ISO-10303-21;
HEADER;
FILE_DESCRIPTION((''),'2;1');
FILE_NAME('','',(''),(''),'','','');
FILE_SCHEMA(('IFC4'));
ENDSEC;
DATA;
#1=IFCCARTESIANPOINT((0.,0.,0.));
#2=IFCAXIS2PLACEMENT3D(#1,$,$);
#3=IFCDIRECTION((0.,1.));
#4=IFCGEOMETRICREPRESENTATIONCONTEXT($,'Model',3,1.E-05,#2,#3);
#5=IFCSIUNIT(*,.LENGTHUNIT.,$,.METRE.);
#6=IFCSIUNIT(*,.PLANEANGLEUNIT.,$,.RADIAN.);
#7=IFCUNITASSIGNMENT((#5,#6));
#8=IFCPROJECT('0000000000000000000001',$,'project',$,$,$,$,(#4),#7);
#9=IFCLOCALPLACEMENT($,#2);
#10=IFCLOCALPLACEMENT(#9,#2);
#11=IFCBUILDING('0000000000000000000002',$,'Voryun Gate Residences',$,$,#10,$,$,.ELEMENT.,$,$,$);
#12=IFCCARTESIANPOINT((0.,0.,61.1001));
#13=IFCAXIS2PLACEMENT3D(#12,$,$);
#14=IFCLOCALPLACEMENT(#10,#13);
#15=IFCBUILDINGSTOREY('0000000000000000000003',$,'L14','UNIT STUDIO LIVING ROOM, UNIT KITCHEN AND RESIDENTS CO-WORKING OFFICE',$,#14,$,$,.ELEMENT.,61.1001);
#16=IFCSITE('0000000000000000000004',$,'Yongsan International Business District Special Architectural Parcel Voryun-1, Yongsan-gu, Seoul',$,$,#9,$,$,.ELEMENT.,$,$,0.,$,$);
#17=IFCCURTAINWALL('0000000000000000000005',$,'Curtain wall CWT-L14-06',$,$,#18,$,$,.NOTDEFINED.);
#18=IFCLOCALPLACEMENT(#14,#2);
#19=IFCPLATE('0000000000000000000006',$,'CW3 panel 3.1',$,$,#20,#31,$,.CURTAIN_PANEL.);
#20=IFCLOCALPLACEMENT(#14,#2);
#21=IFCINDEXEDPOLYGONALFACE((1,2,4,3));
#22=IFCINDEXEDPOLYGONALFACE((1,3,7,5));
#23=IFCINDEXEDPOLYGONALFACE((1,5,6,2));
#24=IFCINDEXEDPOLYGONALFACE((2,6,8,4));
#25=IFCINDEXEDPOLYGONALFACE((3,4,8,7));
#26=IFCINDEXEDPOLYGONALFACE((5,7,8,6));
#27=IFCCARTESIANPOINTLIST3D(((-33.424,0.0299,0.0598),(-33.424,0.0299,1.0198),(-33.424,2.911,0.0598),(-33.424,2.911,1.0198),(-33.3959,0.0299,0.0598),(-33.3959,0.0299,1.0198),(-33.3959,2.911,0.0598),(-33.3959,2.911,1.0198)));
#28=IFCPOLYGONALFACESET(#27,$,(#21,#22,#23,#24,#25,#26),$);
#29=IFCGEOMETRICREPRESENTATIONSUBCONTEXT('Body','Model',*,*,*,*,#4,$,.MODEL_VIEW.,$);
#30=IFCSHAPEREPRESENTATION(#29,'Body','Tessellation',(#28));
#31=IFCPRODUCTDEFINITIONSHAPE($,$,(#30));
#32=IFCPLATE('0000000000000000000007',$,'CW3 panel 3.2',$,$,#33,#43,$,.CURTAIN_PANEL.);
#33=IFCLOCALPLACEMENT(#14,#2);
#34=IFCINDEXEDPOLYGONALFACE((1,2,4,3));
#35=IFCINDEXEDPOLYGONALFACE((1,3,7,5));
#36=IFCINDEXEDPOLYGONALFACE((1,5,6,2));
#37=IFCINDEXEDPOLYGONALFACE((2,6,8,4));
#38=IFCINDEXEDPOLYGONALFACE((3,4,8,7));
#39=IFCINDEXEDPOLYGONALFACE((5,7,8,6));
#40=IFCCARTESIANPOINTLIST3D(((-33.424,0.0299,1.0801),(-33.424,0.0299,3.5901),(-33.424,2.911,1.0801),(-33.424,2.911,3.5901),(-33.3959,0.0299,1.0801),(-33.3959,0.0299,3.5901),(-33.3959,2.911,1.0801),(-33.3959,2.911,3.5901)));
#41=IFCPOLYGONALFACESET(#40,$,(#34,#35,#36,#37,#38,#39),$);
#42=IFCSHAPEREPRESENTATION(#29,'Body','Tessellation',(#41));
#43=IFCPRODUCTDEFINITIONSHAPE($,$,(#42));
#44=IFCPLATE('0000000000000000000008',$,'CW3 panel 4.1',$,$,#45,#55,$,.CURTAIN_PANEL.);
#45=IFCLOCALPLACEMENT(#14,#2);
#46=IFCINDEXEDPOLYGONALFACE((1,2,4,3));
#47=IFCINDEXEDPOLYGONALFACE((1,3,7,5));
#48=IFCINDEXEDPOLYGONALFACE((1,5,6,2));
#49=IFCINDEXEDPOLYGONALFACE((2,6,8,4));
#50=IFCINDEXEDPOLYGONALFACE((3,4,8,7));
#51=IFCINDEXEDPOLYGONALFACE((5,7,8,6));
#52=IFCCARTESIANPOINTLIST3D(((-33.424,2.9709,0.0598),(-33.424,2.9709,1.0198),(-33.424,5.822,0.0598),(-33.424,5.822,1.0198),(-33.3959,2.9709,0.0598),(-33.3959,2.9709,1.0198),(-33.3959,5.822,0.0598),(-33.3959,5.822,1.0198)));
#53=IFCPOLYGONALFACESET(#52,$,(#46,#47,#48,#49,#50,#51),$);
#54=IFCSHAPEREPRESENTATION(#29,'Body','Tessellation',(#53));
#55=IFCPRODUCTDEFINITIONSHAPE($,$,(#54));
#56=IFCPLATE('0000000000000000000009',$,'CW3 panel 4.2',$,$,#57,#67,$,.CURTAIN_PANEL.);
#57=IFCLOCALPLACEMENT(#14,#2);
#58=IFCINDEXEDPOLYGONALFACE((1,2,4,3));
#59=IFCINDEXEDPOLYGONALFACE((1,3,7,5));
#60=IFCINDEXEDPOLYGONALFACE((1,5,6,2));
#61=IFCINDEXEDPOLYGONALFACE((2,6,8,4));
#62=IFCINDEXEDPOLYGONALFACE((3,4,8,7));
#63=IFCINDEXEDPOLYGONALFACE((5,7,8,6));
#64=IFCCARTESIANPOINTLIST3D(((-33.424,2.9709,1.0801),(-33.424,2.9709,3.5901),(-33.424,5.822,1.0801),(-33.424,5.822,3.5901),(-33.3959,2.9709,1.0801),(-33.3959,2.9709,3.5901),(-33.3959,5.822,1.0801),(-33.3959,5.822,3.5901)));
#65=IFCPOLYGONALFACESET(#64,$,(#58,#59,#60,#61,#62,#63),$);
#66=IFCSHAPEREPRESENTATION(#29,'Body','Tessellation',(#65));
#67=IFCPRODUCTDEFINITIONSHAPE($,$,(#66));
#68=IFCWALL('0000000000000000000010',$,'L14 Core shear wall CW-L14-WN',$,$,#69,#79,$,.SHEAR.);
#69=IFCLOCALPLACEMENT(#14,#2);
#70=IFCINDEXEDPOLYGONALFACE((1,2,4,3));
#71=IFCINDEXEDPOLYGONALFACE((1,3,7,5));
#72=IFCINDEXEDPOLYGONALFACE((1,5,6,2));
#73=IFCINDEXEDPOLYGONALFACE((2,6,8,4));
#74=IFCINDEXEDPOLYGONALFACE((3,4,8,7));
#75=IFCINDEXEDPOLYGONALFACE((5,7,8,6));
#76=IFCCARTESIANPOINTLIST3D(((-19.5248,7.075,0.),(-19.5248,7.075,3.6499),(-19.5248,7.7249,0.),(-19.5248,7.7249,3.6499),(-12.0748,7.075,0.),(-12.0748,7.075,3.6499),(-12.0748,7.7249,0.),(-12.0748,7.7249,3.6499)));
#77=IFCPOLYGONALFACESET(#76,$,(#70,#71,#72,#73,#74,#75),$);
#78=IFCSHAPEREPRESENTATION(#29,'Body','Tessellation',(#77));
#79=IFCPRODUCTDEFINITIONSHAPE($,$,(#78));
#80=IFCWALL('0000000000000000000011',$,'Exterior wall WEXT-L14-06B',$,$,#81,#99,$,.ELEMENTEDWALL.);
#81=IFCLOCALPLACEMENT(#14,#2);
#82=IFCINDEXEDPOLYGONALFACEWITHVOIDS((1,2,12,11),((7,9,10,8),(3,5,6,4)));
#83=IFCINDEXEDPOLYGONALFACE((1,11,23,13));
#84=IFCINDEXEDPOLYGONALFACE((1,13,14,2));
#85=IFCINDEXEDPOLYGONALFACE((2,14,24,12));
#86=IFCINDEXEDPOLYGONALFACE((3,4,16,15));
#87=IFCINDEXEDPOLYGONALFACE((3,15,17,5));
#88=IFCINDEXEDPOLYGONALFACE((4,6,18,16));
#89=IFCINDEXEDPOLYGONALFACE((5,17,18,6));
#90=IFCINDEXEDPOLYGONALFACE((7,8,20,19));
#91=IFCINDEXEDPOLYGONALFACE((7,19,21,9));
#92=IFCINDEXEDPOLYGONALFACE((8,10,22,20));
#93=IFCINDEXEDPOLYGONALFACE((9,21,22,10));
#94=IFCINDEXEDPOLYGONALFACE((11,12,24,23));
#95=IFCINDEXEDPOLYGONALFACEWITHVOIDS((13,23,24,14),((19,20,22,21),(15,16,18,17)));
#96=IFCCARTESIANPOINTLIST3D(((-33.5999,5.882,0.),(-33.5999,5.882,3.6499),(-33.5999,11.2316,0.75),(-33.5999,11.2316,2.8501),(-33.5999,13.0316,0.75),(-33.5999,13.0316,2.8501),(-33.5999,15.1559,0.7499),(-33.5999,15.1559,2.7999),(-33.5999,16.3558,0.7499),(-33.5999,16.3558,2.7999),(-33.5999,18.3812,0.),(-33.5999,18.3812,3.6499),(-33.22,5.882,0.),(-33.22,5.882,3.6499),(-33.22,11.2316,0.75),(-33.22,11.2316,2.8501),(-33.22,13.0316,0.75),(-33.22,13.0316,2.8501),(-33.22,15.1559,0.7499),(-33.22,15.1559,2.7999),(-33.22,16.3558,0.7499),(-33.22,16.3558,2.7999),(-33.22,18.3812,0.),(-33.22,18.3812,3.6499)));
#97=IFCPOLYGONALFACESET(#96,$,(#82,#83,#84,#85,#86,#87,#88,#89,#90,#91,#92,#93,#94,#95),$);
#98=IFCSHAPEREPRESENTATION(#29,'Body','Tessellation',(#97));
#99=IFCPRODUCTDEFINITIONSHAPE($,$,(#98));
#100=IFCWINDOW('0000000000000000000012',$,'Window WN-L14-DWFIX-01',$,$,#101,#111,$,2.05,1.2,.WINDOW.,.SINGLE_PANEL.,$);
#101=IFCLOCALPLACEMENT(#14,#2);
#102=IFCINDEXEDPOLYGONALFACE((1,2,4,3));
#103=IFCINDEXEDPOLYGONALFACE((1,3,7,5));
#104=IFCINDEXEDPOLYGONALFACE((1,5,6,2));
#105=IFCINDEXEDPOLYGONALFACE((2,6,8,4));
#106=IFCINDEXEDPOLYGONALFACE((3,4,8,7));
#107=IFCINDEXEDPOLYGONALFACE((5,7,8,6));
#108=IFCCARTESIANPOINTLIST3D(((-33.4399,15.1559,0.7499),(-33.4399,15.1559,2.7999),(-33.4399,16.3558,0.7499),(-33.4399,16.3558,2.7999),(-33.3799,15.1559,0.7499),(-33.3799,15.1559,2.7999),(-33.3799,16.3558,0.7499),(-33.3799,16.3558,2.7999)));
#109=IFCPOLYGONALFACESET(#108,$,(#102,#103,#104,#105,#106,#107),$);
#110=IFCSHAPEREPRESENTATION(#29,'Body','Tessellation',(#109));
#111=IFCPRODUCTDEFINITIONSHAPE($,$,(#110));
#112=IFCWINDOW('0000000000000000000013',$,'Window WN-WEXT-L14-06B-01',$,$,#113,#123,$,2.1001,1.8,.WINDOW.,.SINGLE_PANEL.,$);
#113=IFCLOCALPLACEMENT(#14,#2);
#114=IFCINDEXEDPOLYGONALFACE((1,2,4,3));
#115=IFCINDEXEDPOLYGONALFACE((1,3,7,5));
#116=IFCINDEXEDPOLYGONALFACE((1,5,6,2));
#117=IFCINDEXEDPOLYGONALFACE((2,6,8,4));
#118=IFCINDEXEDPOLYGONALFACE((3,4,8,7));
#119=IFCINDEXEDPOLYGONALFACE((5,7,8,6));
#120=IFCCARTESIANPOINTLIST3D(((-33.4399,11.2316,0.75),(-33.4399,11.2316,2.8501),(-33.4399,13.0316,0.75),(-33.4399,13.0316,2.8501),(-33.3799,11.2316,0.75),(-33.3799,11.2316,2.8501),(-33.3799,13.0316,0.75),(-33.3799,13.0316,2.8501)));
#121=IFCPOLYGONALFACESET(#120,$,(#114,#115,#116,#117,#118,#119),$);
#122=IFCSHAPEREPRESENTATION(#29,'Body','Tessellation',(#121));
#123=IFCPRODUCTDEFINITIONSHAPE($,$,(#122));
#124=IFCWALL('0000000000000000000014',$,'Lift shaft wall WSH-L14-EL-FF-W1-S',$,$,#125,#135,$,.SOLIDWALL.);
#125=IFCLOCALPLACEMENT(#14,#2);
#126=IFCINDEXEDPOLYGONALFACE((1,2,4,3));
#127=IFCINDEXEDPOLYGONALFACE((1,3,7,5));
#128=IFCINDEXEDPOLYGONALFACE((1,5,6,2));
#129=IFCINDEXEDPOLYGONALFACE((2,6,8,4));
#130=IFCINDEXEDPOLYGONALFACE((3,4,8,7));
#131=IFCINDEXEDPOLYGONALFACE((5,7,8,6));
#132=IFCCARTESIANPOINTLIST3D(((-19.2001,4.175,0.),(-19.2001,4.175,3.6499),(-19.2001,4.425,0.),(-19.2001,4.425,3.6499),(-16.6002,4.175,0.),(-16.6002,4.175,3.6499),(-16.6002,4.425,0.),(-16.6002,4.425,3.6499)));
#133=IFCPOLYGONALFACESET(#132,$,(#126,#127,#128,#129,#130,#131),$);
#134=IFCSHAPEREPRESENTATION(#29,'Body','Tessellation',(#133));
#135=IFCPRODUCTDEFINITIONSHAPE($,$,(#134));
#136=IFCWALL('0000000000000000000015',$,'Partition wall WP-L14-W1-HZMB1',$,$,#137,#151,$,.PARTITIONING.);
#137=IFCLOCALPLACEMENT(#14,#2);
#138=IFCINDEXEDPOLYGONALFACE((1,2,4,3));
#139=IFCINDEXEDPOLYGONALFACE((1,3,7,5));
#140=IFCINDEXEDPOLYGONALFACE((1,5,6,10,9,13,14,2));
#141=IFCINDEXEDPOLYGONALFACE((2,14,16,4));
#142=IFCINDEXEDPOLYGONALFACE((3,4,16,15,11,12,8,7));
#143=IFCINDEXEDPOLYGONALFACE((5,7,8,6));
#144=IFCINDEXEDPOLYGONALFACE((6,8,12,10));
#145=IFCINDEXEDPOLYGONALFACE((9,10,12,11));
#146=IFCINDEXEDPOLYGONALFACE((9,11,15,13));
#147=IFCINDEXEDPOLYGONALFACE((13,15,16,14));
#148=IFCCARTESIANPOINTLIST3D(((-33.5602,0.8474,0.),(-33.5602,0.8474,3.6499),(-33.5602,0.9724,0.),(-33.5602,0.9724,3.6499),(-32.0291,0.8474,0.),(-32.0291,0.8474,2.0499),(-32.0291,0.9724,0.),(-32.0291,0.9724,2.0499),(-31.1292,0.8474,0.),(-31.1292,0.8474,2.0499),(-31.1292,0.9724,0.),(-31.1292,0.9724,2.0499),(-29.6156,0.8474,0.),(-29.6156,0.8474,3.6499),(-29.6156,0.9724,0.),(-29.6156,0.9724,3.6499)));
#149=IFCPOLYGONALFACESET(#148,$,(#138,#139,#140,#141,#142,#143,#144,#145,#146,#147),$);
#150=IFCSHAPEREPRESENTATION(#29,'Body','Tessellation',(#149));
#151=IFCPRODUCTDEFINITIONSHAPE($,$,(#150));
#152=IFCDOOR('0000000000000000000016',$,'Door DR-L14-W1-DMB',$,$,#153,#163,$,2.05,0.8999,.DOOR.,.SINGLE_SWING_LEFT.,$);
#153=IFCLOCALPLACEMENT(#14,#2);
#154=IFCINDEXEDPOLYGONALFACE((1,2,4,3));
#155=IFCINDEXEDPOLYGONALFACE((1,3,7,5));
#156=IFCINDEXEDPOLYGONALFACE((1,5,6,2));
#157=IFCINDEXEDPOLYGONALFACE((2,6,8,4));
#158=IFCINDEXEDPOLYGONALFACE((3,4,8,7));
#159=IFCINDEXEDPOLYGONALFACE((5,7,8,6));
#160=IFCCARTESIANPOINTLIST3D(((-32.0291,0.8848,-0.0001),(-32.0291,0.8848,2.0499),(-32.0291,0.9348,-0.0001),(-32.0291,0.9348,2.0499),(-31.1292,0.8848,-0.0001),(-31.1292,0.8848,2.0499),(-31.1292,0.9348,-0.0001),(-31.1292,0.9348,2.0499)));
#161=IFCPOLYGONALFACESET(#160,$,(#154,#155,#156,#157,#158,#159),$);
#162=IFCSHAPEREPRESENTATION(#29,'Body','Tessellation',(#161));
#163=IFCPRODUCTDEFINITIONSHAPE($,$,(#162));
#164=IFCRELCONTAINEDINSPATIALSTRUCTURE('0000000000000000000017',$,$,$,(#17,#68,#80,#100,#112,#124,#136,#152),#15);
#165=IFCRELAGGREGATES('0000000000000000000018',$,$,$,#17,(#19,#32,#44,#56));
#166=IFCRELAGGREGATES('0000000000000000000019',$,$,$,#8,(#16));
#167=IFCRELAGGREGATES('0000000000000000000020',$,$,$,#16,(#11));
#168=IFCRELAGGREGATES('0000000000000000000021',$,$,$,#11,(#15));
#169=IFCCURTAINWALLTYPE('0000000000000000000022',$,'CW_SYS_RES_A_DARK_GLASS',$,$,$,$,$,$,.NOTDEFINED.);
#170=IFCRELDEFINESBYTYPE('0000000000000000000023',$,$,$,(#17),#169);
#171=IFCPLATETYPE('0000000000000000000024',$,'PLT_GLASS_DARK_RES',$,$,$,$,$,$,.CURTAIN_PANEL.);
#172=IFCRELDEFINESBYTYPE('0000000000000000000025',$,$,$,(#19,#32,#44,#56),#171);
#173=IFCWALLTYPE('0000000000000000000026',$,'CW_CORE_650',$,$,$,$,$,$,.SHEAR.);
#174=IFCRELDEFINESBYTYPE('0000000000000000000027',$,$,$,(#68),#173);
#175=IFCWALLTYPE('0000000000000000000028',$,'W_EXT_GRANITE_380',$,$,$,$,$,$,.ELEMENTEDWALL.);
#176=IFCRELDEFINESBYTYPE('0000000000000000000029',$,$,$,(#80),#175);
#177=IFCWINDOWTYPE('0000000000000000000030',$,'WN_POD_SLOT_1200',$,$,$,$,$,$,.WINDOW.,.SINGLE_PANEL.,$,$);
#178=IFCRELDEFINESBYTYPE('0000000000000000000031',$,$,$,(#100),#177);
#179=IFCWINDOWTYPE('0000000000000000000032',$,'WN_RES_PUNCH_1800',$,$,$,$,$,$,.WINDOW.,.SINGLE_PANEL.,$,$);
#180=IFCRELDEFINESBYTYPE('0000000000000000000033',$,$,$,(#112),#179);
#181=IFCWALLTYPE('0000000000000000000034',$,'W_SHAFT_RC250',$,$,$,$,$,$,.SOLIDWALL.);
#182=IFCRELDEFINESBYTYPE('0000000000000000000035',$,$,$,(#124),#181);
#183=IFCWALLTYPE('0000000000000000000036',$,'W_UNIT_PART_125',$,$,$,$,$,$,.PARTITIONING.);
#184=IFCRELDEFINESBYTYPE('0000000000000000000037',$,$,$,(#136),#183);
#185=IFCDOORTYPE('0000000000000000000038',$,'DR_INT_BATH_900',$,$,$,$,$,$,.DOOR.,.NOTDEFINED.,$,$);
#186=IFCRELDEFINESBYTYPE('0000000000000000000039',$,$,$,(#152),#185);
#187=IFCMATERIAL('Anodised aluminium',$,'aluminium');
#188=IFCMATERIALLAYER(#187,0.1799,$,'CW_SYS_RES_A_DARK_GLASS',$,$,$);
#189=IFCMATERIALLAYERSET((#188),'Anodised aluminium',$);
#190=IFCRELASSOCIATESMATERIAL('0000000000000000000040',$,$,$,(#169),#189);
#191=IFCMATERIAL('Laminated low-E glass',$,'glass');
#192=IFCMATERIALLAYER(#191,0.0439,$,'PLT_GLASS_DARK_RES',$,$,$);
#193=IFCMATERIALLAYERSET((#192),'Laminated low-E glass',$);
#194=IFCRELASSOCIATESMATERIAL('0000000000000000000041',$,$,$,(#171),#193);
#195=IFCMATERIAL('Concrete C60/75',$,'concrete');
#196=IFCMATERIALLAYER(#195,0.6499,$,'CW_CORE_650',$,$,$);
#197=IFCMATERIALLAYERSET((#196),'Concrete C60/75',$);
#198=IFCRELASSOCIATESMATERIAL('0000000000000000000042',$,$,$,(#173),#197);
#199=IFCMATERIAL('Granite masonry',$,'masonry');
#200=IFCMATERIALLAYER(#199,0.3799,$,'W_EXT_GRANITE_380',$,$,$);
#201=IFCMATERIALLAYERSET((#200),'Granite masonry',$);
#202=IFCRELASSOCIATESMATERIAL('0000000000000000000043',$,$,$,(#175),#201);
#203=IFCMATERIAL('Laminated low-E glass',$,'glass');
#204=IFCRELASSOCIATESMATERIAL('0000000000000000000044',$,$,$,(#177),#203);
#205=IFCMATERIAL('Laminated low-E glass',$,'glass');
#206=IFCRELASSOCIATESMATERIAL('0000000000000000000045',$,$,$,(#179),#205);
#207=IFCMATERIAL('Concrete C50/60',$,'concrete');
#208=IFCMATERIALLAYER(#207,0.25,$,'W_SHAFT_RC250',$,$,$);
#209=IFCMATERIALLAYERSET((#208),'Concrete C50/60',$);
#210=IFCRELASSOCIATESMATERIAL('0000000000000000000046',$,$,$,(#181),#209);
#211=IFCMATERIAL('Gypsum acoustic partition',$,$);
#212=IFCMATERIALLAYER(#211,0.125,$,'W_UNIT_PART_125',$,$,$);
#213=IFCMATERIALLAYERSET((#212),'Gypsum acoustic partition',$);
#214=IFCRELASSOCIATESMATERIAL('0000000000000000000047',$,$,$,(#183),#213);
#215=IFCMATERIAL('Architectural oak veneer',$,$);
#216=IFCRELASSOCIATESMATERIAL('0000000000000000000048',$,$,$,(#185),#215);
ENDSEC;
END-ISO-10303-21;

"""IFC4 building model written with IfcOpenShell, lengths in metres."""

from ifc_helpers import new_model, si_unit, direction, frame, frame_2d, origin, origin_2d, place, context, subcontext, project, spatial, rectangle, extrude, material, layer, layer_set, type_object, element, fill, aggregate, save


model = new_model("IFC4")

# Units and contexts
model_context = context("Model", 3, precision=1e-05, world=origin(), true_north=direction((0.0, 1.0)))
body_context = subcontext(model_context, "Body", "Model", "MODEL_VIEW")
ifc_project = project(units=[si_unit("LENGTHUNIT", "METRE"), si_unit("PLANEANGLEUNIT", "RADIAN")], contexts=[model_context])

# Site, building, storey
site_placement = place(None, origin())
site = spatial("IfcSite", under=ifc_project, at=site_placement, Name="Yongsan International Business District Special Architectural Parcel Voryun-1, Yongsan-gu, Seoul", CompositionType="ELEMENT", RefElevation=0.0)
building_placement = place(site_placement, origin())
building = spatial("IfcBuilding", under=site, at=building_placement, Name="Voryun Gate Residences", CompositionType="ELEMENT")
storey_placement = place(building_placement, frame((0.0, 0.0, 61.1001)))
storey = spatial("IfcBuildingStorey", under=building, at=storey_placement, Name="L14", Description="UNIT STUDIO LIVING ROOM, UNIT KITCHEN AND RESIDENTS CO-WORKING OFFICE", CompositionType="ELEMENT", Elevation=61.1001)

# Curtain wall, plates
ifc_material_1 = material(Name="Anodised aluminium", Category="aluminium")
ifc_layer_1 = layer(ifc_material_1, 0.1799, Name="CW_SYS_RES_A_DARK_GLASS")
ifc_layer_set_1 = layer_set([ifc_layer_1], Name="Anodised aluminium")
curtain_wall_type = type_object("IfcCurtainWallType", Name="CW_SYS_RES_A_DARK_GLASS", PredefinedType="NOTDEFINED", material=ifc_layer_set_1)
curtain_wall_placement = place(storey_placement, origin())
curtain_wall = element("IfcCurtainWall", 1, at=curtain_wall_placement, inside=storey, type_object=curtain_wall_type, Name="Curtain wall CWT-L14-06", PredefinedType="NOTDEFINED")
ifc_material_2 = material(Name="Laminated low-E glass", Category="glass")
ifc_layer_2 = layer(ifc_material_2, 0.0439, Name="PLT_GLASS_DARK_RES")
ifc_layer_set_2 = layer_set([ifc_layer_2], Name="Laminated low-E glass")
plate_type = type_object("IfcPlateType", Name="PLT_GLASS_DARK_RES", PredefinedType="CURTAIN_PANEL", material=ifc_layer_set_2)
plate_1_placement = place(storey_placement, frame((-33.4099, 1.4705, 0.0598), z_axis=(0.0, 0.0, 1.0), x_axis=(0.0, 1.0, 0.0)))
plate_1 = element("IfcPlate", 2, at=plate_1_placement, type_object=plate_type, Name="CW3 panel 3.1", PredefinedType="CURTAIN_PANEL", context=body_context, shape_type="SweptSolid", body=[
    extrude(rectangle(XDim=2.8811, YDim=0.0281, at=origin_2d()), origin(), (0.0, 0.0, 1.0), 0.96),
])
plate_2_placement = place(storey_placement, frame((-33.4099, 1.4705, 1.0801), z_axis=(0.0, 0.0, 1.0), x_axis=(0.0, 1.0, 0.0)))
plate_2 = element("IfcPlate", 3, at=plate_2_placement, type_object=plate_type, Name="CW3 panel 3.2", PredefinedType="CURTAIN_PANEL", context=body_context, shape_type="SweptSolid", body=[
    extrude(rectangle(XDim=2.8811, YDim=0.0281, at=origin_2d()), origin(), (0.0, 0.0, 1.0), 2.51),
])
plate_3_placement = place(storey_placement, frame((-33.4099, 4.3965, 0.0598), z_axis=(0.0, 0.0, 1.0), x_axis=(0.0, 1.0, 0.0)))
plate_3 = element("IfcPlate", 4, at=plate_3_placement, type_object=plate_type, Name="CW3 panel 4.1", PredefinedType="CURTAIN_PANEL", context=body_context, shape_type="SweptSolid", body=[
    extrude(rectangle(XDim=2.8511, YDim=0.0281, at=origin_2d()), origin(), (0.0, 0.0, 1.0), 0.96),
])
plate_4_placement = place(storey_placement, frame((-33.4099, 4.3965, 1.0801), z_axis=(0.0, 0.0, 1.0), x_axis=(0.0, 1.0, 0.0)))
plate_4 = element("IfcPlate", 5, at=plate_4_placement, type_object=plate_type, Name="CW3 panel 4.2", PredefinedType="CURTAIN_PANEL", context=body_context, shape_type="SweptSolid", body=[
    extrude(rectangle(XDim=2.8511, YDim=0.0281, at=origin_2d()), origin(), (0.0, 0.0, 1.0), 2.51),
])
aggregate(curtain_wall, [plate_1, plate_2, plate_3, plate_4])

# Wall
ifc_material_3 = material(Name="Concrete C60/75", Category="concrete")
ifc_layer_3 = layer(ifc_material_3, 0.6499, Name="CW_CORE_650")
ifc_layer_set_3 = layer_set([ifc_layer_3], Name="Concrete C60/75")
wall_type_1 = type_object("IfcWallType", Name="CW_CORE_650", PredefinedType="SHEAR", material=ifc_layer_set_3)
wall_1_placement = place(storey_placement, frame((-19.5249, 7.3999, 0.0), z_axis=(0.0, 0.0, 1.0), x_axis=(1.0, 0.0, 0.0)))
element("IfcWall", 6, at=wall_1_placement, inside=storey, type_object=wall_type_1, Name="L14 Core shear wall CW-L14-WN", PredefinedType="SHEAR", context=body_context, shape_type="SweptSolid", body=[
    extrude(rectangle(XDim=7.45, YDim=0.6499, at=frame_2d((3.7251, 0.0))), origin(), (0.0, 0.0, 1.0), 3.6499),
])

# Wall, openings, windows
ifc_material_4 = material(Name="Granite masonry", Category="masonry")
ifc_layer_4 = layer(ifc_material_4, 0.3799, Name="W_EXT_GRANITE_380")
ifc_layer_set_4 = layer_set([ifc_layer_4], Name="Granite masonry")
wall_type_2 = type_object("IfcWallType", Name="W_EXT_GRANITE_380", PredefinedType="ELEMENTEDWALL", material=ifc_layer_set_4)
wall_2_placement = place(storey_placement, frame((-33.4099, 5.8821, 0.0), z_axis=(0.0, 0.0, 1.0), x_axis=(0.0, 1.0, 0.0)))
wall_2 = element("IfcWall", 7, at=wall_2_placement, inside=storey, type_object=wall_type_2, Name="Exterior wall WEXT-L14-06B", PredefinedType="ELEMENTEDWALL", context=body_context, shape_type="SweptSolid", body=[
    extrude(rectangle(XDim=12.4993, YDim=0.3799, at=frame_2d((6.2495, 0.0))), origin(), (0.0, 0.0, 1.0), 3.6499),
])
opening_1_placement = place(wall_2_placement, frame((5.3496, 0.0, 0.75)))
opening_1 = element("IfcOpeningElement", 8, at=opening_1_placement, cuts=wall_2, PredefinedType="OPENING", context=body_context, shape_type="SweptSolid", body=[
    extrude(rectangle(XDim=1.8, YDim=2.1001, at=frame_2d((0.8999, 1.05))), frame((0.0, 0.2, 0.0), z_axis=(0.0, -1.0, 0.0), x_axis=(1.0, 0.0, 0.0)), (0.0, 0.0, 1.0), 0.3999),
])
opening_2_placement = place(wall_2_placement, frame((9.2737, 0.0, 0.75)))
opening_2 = element("IfcOpeningElement", 9, at=opening_2_placement, cuts=wall_2, PredefinedType="OPENING", context=body_context, shape_type="SweptSolid", body=[
    extrude(rectangle(XDim=1.2, YDim=2.05, at=frame_2d((0.6001, 1.0249))), frame((0.0, 0.2, 0.0), z_axis=(0.0, -1.0, 0.0), x_axis=(1.0, 0.0, 0.0)), (0.0, 0.0, 1.0), 0.3999),
])
ifc_material_5 = material(Name="Laminated low-E glass", Category="glass")
window_type_1 = type_object("IfcWindowType", Name="WN_POD_SLOT_1200", PartitioningType="SINGLE_PANEL", PredefinedType="WINDOW", material=ifc_material_5)
window_1_placement = place(opening_2_placement, origin())
window_1 = element("IfcWindow", 10, at=window_1_placement, inside=storey, type_object=window_type_1, Name="Window WN-L14-DWFIX-01", OverallHeight=2.05, OverallWidth=1.2, PartitioningType="SINGLE_PANEL", PredefinedType="WINDOW", context=body_context, shape_type="SweptSolid", body=[
    extrude(rectangle(XDim=1.2, YDim=2.05, at=frame_2d((0.6001, 1.0249))), frame((0.0, 0.03, 0.0), z_axis=(0.0, -1.0, 0.0), x_axis=(1.0, 0.0, 0.0)), (0.0, 0.0, 1.0), 0.0601),
])
fill(opening_2, window_1)
ifc_material_6 = material(Name="Laminated low-E glass", Category="glass")
window_type_2 = type_object("IfcWindowType", Name="WN_RES_PUNCH_1800", PartitioningType="SINGLE_PANEL", PredefinedType="WINDOW", material=ifc_material_6)
window_2_placement = place(opening_1_placement, origin())
window_2 = element("IfcWindow", 11, at=window_2_placement, inside=storey, type_object=window_type_2, Name="Window WN-WEXT-L14-06B-01", OverallHeight=2.1001, OverallWidth=1.8, PartitioningType="SINGLE_PANEL", PredefinedType="WINDOW", context=body_context, shape_type="SweptSolid", body=[
    extrude(rectangle(XDim=1.8, YDim=2.1001, at=frame_2d((0.8999, 1.05))), frame((0.0, 0.03, 0.0), z_axis=(0.0, -1.0, 0.0), x_axis=(1.0, 0.0, 0.0)), (0.0, 0.0, 1.0), 0.0601),
])
fill(opening_1, window_2)

# Wall
ifc_material_7 = material(Name="Concrete C50/60", Category="concrete")
ifc_layer_5 = layer(ifc_material_7, 0.25, Name="W_SHAFT_RC250")
ifc_layer_set_5 = layer_set([ifc_layer_5], Name="Concrete C50/60")
wall_type_3 = type_object("IfcWallType", Name="W_SHAFT_RC250", PredefinedType="SOLIDWALL", material=ifc_layer_set_5)
wall_3_placement = place(storey_placement, frame((-19.2, 4.3, 0.0), z_axis=(0.0, 0.0, 1.0), x_axis=(1.0, 0.0, 0.0)))
element("IfcWall", 12, at=wall_3_placement, inside=storey, type_object=wall_type_3, Name="Lift shaft wall WSH-L14-EL-FF-W1-S", PredefinedType="SOLIDWALL", context=body_context, shape_type="SweptSolid", body=[
    extrude(rectangle(XDim=2.5999, YDim=0.25, at=frame_2d((1.2998, 0.0))), origin(), (0.0, 0.0, 1.0), 3.6499),
])

# Wall, opening, door
ifc_material_8 = material(Name="Gypsum acoustic partition")
ifc_layer_6 = layer(ifc_material_8, 0.125, Name="W_UNIT_PART_125")
ifc_layer_set_6 = layer_set([ifc_layer_6], Name="Gypsum acoustic partition")
wall_type_4 = type_object("IfcWallType", Name="W_UNIT_PART_125", PredefinedType="PARTITIONING", material=ifc_layer_set_6)
wall_4_placement = place(storey_placement, frame((-33.5601, 0.9099, 0.0), z_axis=(0.0, 0.0, 1.0), x_axis=(1.0, 0.0, 0.0)))
wall_4 = element("IfcWall", 13, at=wall_4_placement, inside=storey, type_object=wall_type_4, Name="Partition wall WP-L14-W1-HZMB1", PredefinedType="PARTITIONING", context=body_context, shape_type="SweptSolid", body=[
    extrude(rectangle(XDim=3.9446, YDim=0.125, at=frame_2d((1.9722, 0.0))), origin(), (0.0, 0.0, 1.0), 3.6499),
])
opening_3_placement = place(wall_4_placement, frame((1.531, 0.0, 0.0)))
opening_3 = element("IfcOpeningElement", 14, at=opening_3_placement, cuts=wall_4, PredefinedType="OPENING", context=body_context, shape_type="SweptSolid", body=[
    extrude(rectangle(XDim=0.8999, YDim=2.05, at=frame_2d((0.45, 1.0249))), frame((0.0, 0.0725, 0.0), z_axis=(0.0, -1.0, 0.0), x_axis=(1.0, 0.0, 0.0)), (0.0, 0.0, 1.0), 0.145),
])
ifc_material_9 = material(Name="Architectural oak veneer")
door_type = type_object("IfcDoorType", Name="DR_INT_BATH_900", OperationType="NOTDEFINED", PredefinedType="DOOR", material=ifc_material_9)
door_1_placement = place(opening_3_placement, origin())
door_1 = element("IfcDoor", 15, at=door_1_placement, inside=storey, type_object=door_type, Name="Door DR-L14-W1-DMB", OperationType="SINGLE_SWING_LEFT", OverallHeight=2.05, OverallWidth=0.8999, PredefinedType="DOOR", context=body_context, shape_type="SweptSolid", body=[
    extrude(rectangle(XDim=0.8999, YDim=2.05, at=frame_2d((0.45, 1.0249))), frame((0.0, 0.0249, 0.0), z_axis=(0.0, -1.0, 0.0), x_axis=(1.0, 0.0, 0.0)), (0.0, 0.0, 1.0), 0.05),
])
fill(opening_3, door_1)

save(model, "model.ifc")
